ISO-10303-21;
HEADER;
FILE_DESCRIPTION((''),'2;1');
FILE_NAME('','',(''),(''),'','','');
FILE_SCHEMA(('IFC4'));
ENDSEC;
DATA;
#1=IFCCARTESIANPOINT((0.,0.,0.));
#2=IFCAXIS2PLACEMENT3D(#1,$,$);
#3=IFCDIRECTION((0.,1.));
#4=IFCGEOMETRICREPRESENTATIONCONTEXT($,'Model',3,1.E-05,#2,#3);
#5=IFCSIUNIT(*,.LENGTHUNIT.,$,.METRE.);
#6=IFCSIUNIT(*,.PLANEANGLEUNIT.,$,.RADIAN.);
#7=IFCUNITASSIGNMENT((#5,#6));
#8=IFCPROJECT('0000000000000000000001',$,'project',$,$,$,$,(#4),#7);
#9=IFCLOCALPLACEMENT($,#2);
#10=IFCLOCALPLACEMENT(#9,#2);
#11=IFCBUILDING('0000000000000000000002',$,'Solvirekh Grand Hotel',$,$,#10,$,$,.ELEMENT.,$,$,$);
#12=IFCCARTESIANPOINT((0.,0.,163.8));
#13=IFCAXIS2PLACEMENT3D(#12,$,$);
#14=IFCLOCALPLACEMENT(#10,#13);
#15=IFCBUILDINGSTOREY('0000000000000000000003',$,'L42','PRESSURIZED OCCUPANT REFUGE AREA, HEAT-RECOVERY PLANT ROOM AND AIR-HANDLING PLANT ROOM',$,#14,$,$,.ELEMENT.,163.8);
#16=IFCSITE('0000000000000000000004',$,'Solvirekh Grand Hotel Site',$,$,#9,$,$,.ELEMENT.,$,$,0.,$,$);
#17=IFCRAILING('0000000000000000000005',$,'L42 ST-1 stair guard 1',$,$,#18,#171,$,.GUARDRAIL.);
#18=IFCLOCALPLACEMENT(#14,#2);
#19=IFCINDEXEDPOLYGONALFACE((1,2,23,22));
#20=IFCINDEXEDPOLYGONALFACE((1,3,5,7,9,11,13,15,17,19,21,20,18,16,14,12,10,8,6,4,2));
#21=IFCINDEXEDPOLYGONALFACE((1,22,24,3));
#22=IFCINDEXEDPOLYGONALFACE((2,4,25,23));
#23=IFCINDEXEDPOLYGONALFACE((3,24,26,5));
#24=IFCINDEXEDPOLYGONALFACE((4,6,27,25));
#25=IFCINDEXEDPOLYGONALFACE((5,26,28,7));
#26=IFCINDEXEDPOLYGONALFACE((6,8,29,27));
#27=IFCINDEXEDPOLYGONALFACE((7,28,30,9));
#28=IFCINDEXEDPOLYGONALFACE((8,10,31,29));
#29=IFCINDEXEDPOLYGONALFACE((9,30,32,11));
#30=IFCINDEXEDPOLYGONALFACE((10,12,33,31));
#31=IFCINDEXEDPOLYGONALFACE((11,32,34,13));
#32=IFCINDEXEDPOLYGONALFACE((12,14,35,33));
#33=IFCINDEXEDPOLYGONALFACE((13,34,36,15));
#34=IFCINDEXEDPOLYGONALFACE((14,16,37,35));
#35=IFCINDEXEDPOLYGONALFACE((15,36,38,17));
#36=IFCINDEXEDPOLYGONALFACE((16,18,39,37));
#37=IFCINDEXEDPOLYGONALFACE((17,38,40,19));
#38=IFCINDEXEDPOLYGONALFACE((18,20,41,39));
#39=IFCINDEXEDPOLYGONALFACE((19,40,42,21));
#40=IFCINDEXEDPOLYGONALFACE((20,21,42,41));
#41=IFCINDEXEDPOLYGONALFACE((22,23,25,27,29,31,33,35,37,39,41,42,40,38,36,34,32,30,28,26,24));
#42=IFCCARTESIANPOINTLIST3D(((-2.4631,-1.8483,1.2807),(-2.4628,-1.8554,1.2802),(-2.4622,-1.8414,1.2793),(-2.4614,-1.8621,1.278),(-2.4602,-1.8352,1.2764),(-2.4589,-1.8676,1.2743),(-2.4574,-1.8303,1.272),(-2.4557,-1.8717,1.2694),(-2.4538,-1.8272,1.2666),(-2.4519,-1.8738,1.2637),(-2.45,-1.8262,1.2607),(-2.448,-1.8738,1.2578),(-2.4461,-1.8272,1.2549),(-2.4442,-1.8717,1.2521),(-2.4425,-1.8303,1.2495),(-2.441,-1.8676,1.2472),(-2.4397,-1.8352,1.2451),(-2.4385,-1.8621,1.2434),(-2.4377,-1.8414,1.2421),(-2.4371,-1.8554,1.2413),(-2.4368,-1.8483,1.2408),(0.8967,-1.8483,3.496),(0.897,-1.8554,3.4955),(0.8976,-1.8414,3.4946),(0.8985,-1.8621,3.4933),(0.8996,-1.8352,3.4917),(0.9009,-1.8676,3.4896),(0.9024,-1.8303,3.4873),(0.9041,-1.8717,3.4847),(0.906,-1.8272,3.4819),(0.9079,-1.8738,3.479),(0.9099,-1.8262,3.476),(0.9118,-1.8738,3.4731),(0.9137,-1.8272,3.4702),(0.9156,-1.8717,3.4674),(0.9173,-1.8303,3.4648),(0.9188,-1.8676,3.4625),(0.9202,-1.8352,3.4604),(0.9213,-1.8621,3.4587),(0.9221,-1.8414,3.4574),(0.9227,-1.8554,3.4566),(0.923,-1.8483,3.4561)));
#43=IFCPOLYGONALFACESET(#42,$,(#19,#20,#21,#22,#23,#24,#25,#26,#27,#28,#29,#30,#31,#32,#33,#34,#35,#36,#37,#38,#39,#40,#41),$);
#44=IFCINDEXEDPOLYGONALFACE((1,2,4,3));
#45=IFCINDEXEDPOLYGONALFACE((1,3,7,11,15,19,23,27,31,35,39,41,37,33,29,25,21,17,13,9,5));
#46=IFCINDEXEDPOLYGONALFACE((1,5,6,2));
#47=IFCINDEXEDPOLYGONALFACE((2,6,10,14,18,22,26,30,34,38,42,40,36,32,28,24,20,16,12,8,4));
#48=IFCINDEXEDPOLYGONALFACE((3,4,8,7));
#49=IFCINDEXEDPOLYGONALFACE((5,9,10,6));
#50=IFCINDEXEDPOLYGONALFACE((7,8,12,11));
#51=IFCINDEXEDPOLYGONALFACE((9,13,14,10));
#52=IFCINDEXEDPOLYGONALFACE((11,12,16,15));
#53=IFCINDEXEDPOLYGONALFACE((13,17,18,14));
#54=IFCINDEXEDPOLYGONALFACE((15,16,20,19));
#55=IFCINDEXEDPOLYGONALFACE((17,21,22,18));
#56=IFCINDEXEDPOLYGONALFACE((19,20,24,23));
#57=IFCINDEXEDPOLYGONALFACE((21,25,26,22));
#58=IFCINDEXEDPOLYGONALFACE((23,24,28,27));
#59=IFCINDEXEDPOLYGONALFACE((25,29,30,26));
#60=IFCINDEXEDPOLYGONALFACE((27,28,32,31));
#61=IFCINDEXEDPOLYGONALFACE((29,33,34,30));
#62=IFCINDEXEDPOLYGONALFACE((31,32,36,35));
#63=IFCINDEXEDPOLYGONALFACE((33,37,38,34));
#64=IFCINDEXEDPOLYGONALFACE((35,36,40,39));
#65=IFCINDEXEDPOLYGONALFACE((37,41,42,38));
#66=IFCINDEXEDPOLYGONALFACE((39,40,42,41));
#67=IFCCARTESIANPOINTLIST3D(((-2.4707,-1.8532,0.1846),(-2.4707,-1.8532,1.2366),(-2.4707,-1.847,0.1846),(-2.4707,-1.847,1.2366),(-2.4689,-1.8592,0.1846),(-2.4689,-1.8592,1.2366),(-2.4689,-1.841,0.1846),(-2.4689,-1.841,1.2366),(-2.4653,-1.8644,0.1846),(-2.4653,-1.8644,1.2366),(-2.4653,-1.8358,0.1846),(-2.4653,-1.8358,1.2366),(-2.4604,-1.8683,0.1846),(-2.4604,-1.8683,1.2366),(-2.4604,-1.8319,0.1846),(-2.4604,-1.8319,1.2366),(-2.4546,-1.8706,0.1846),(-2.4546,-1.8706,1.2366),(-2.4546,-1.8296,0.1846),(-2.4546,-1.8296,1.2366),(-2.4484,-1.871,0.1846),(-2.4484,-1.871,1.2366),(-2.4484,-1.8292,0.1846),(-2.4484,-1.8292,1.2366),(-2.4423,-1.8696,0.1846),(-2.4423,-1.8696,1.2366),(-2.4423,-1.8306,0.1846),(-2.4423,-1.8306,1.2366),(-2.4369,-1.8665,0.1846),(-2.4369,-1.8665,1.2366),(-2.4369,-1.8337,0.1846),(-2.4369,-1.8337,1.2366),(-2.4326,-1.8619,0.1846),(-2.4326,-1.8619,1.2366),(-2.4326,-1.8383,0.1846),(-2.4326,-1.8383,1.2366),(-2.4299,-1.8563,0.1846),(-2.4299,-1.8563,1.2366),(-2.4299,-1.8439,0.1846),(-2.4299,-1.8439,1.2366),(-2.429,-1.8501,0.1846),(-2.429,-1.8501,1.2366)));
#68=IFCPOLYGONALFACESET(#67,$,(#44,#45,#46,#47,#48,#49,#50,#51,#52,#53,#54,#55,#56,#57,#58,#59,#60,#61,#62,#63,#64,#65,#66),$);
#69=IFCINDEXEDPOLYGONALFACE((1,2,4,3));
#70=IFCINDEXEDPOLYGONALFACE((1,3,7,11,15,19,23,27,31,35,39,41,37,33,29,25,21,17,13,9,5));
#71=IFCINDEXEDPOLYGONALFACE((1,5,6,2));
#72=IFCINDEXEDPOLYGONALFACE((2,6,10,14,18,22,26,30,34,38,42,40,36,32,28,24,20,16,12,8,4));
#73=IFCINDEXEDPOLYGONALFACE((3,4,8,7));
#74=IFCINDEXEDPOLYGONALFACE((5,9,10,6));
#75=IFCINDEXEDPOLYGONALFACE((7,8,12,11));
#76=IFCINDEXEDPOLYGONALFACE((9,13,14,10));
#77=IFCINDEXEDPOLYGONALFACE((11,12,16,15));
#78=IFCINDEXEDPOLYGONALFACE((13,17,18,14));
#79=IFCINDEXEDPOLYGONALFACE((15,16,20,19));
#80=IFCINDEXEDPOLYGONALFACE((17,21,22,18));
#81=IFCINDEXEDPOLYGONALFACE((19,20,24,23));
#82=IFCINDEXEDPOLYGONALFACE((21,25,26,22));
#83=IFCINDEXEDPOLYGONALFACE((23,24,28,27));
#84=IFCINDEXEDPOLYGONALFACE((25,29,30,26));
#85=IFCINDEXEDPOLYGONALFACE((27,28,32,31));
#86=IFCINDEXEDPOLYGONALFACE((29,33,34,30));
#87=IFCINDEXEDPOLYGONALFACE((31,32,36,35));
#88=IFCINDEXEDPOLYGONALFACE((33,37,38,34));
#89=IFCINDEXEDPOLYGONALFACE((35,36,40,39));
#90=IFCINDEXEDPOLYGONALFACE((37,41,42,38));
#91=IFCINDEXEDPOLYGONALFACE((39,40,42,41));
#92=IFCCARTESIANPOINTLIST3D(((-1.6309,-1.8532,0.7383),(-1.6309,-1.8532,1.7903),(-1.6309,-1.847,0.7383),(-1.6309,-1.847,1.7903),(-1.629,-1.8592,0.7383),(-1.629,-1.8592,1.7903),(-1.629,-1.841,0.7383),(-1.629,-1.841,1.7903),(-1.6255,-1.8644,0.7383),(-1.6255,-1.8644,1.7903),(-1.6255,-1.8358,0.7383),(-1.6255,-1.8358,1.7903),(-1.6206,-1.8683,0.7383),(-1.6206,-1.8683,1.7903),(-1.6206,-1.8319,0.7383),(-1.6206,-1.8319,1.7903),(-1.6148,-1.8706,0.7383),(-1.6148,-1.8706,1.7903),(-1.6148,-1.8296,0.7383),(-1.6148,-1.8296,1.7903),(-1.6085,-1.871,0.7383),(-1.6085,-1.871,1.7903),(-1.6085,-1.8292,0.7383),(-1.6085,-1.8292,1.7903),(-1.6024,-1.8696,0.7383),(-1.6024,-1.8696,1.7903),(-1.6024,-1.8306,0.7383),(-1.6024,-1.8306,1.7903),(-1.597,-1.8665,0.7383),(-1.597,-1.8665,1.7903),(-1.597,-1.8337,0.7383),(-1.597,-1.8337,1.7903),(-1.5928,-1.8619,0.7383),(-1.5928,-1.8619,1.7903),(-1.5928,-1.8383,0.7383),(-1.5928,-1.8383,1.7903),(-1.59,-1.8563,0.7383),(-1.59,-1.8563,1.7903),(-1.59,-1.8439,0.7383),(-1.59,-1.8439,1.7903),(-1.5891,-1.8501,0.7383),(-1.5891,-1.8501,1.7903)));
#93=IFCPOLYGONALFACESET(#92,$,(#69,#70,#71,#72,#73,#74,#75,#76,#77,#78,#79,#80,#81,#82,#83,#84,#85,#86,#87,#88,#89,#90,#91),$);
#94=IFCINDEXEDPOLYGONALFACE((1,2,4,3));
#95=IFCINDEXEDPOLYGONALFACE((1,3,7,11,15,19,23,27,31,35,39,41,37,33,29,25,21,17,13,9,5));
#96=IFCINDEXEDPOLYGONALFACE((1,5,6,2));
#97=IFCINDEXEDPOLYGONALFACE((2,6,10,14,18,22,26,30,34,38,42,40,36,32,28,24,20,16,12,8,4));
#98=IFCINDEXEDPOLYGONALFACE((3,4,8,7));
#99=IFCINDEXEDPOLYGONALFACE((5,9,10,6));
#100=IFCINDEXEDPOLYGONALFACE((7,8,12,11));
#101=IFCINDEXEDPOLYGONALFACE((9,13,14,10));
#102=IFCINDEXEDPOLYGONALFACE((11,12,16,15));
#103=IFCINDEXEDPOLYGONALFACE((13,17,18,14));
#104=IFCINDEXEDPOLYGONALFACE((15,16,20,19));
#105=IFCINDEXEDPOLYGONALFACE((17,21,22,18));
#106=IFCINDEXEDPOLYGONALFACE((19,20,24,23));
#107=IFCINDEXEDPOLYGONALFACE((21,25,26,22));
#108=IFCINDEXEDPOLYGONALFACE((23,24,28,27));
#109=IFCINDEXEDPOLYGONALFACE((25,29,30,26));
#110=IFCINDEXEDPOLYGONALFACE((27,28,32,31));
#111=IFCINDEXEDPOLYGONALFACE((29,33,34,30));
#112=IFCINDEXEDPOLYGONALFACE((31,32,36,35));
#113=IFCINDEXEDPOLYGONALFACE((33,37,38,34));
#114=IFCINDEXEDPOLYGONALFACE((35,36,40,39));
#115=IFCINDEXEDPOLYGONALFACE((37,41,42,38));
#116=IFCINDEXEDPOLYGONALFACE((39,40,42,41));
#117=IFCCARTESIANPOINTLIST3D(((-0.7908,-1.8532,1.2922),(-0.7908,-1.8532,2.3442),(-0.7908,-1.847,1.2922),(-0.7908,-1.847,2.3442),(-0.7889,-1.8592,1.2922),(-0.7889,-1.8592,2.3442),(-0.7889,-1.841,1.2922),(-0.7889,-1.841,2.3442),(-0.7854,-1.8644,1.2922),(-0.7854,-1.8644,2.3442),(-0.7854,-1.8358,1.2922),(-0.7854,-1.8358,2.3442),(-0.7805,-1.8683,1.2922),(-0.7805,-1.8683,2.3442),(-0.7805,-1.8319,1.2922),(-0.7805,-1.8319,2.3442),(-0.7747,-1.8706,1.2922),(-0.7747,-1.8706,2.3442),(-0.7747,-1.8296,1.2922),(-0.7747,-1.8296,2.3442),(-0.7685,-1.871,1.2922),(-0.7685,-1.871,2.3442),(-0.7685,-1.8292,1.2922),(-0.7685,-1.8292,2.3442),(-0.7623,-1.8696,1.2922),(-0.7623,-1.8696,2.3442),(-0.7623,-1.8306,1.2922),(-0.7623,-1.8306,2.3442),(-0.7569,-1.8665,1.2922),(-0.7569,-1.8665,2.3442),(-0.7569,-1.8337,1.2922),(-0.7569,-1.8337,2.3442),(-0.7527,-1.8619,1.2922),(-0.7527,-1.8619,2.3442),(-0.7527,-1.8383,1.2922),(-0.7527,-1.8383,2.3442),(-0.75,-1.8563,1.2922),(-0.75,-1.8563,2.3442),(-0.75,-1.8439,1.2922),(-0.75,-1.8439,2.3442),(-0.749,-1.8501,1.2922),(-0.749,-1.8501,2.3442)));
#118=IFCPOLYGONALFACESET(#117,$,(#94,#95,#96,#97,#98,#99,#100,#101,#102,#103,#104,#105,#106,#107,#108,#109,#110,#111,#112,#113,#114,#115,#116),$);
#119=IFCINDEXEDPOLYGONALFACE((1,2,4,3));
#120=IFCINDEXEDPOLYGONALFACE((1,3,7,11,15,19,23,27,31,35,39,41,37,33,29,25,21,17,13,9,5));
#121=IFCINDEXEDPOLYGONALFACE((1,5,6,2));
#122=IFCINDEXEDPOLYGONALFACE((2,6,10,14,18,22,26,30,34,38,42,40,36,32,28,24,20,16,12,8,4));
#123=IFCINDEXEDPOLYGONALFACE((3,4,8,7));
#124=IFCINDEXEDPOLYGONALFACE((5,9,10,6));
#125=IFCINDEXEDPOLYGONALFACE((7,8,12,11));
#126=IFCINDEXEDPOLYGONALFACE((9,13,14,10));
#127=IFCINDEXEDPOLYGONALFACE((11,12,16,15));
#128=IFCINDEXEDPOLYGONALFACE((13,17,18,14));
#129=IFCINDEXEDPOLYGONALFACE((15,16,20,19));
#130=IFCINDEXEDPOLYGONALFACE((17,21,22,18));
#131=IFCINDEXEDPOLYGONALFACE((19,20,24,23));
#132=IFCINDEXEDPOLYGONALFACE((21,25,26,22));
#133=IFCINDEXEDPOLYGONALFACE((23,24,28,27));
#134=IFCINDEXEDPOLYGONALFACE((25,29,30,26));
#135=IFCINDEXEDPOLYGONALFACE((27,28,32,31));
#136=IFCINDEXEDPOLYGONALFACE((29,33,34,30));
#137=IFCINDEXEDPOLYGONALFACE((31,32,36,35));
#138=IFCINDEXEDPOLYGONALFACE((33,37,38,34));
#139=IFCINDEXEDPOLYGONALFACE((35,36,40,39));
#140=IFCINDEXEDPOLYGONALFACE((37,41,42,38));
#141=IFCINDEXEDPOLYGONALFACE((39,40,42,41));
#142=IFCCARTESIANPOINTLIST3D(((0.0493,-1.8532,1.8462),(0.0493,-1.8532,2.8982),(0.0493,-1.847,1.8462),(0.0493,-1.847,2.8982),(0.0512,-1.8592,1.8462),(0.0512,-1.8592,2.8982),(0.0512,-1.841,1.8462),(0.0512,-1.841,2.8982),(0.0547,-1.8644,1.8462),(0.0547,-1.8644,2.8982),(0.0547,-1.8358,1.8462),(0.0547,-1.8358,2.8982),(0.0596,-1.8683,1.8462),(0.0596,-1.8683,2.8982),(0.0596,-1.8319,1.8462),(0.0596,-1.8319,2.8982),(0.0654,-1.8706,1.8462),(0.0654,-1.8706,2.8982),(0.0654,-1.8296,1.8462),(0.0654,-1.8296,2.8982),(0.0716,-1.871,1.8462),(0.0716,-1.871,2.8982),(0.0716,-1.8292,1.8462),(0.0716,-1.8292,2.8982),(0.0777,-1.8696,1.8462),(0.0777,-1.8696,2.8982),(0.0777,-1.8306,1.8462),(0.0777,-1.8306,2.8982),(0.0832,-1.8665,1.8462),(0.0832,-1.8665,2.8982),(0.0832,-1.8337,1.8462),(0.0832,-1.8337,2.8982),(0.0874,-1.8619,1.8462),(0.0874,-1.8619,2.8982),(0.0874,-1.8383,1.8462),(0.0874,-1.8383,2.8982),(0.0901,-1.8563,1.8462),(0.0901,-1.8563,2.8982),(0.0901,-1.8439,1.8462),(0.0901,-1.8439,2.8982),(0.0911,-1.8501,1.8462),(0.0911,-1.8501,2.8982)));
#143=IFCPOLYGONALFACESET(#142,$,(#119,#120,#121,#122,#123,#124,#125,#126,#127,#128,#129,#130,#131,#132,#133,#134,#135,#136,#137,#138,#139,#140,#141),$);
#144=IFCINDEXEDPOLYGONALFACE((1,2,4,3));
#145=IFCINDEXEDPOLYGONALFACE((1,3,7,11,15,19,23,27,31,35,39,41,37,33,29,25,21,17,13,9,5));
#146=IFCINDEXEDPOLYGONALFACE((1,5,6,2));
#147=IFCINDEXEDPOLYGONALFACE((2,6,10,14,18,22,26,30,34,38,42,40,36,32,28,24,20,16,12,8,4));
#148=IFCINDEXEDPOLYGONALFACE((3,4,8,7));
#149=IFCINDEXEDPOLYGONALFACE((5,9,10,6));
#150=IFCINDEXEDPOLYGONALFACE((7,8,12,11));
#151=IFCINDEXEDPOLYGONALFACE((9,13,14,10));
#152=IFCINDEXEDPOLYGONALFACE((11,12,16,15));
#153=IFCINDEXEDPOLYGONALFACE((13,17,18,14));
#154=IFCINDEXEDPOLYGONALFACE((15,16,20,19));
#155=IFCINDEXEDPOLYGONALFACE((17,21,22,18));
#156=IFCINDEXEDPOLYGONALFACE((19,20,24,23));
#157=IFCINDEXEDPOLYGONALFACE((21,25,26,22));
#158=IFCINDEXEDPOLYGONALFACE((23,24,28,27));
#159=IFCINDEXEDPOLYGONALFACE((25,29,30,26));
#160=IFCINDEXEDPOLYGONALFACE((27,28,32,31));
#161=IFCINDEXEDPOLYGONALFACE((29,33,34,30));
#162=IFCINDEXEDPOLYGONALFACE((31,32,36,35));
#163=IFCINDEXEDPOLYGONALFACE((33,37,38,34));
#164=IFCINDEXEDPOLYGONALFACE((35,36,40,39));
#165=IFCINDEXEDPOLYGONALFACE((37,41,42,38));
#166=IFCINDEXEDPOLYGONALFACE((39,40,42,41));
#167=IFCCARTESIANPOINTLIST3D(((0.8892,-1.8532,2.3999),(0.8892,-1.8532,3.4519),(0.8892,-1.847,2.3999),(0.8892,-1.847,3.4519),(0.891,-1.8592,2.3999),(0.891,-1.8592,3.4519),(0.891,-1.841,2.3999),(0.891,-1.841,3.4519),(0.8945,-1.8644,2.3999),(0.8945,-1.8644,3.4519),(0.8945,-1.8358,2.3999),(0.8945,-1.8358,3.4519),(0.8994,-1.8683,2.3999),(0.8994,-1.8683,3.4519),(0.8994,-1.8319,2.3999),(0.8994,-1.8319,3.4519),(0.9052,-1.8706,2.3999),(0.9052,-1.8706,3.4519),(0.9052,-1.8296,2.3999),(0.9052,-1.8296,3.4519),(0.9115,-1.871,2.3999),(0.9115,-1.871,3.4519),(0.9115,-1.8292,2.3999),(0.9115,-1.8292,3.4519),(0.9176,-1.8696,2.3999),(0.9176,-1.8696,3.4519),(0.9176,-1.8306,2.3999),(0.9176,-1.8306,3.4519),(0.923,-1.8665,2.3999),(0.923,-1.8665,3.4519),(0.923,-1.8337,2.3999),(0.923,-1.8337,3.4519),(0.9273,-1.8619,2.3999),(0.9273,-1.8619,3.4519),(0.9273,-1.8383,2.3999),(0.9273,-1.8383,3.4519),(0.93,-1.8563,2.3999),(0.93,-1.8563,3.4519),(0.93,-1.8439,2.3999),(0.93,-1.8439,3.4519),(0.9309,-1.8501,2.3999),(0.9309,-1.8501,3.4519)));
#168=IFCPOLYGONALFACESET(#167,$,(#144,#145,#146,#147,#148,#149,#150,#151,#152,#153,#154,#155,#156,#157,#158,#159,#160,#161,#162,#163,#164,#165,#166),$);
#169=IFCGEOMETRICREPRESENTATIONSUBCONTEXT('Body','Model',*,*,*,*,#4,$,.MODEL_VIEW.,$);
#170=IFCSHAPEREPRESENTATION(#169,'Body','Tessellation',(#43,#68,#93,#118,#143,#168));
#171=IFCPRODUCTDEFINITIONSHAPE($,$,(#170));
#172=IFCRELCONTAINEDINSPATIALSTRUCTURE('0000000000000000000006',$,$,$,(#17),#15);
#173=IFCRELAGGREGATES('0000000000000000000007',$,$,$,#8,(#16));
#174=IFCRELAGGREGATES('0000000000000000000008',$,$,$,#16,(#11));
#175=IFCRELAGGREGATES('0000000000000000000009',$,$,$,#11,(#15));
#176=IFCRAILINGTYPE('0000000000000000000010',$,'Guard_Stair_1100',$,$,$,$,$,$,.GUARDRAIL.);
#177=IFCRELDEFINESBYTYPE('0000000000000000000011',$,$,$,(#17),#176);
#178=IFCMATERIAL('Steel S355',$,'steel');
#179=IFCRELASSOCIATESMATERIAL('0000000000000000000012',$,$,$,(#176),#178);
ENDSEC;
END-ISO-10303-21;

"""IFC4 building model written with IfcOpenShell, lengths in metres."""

from ifc_helpers import new_model, si_unit, direction, frame, origin, origin_2d, place, context, subcontext, project, spatial, circle, extrude, material, type_object, element, save


model = new_model("IFC4")

# Units and contexts
model_context = context("Model", 3, precision=1e-05, world=origin(), true_north=direction((0.0, 1.0)))
body_context = subcontext(model_context, "Body", "Model", "MODEL_VIEW")
ifc_project = project(units=[si_unit("LENGTHUNIT", "METRE"), si_unit("PLANEANGLEUNIT", "RADIAN")], contexts=[model_context])

# Site, building, storey
site_placement = place(None, origin())
site = spatial("IfcSite", under=ifc_project, at=site_placement, Name="Solvirekh Grand Hotel Site", CompositionType="ELEMENT", RefElevation=0.0)
building_placement = place(site_placement, origin())
building = spatial("IfcBuilding", under=site, at=building_placement, Name="Solvirekh Grand Hotel", CompositionType="ELEMENT")
storey_placement = place(building_placement, frame((0.0, 0.0, 163.8)))
storey = spatial("IfcBuildingStorey", under=building, at=storey_placement, Name="L42", Description="PRESSURIZED OCCUPANT REFUGE AREA, HEAT-RECOVERY PLANT ROOM AND AIR-HANDLING PLANT ROOM", CompositionType="ELEMENT", Elevation=163.8)

# Shared definitions
ifc_material_1 = material(Name="Steel S355", Category="steel")

# Railing
railing_type_1 = type_object("IfcRailingType", Name="Guard_Stair_1100", PredefinedType="GUARDRAIL", material=ifc_material_1)
railing_1_placement = place(storey_placement, frame((-2.45, -1.8501, 0.1846)))
element("IfcRailing", 1, at=railing_1_placement, inside=storey, type_object=railing_type_1, Name="L42 ST-1 stair guard 1", PredefinedType="GUARDRAIL", context=body_context, shape_type="SweptSolid", body=[
    extrude(circle(Radius=0.0239, at=origin_2d()), frame((0.0, 0.0, 1.0762), z_axis=(0.834858, 0.0, 0.550465), x_axis=(0.0, 1.0, 0.0)), (0.0, 0.0, 1.0), 4.0244),
    extrude(circle(Radius=0.021, at=origin_2d()), origin(), (0.0, 0.0, 1.0), 1.052),
    extrude(circle(Radius=0.021, at=origin_2d()), frame((0.8398, 0.0, 0.5537)), (0.0, 0.0, 1.0), 1.052),
    extrude(circle(Radius=0.021, at=origin_2d()), frame((1.6799, 0.0, 1.1077)), (0.0, 0.0, 1.0), 1.052),
    extrude(circle(Radius=0.021, at=origin_2d()), frame((2.52, 0.0, 1.6616)), (0.0, 0.0, 1.0), 1.052),
    extrude(circle(Radius=0.021, at=origin_2d()), frame((3.3599, 0.0, 2.2153)), (0.0, 0.0, 1.0), 1.052),
])

save(model, "model.ifc")
